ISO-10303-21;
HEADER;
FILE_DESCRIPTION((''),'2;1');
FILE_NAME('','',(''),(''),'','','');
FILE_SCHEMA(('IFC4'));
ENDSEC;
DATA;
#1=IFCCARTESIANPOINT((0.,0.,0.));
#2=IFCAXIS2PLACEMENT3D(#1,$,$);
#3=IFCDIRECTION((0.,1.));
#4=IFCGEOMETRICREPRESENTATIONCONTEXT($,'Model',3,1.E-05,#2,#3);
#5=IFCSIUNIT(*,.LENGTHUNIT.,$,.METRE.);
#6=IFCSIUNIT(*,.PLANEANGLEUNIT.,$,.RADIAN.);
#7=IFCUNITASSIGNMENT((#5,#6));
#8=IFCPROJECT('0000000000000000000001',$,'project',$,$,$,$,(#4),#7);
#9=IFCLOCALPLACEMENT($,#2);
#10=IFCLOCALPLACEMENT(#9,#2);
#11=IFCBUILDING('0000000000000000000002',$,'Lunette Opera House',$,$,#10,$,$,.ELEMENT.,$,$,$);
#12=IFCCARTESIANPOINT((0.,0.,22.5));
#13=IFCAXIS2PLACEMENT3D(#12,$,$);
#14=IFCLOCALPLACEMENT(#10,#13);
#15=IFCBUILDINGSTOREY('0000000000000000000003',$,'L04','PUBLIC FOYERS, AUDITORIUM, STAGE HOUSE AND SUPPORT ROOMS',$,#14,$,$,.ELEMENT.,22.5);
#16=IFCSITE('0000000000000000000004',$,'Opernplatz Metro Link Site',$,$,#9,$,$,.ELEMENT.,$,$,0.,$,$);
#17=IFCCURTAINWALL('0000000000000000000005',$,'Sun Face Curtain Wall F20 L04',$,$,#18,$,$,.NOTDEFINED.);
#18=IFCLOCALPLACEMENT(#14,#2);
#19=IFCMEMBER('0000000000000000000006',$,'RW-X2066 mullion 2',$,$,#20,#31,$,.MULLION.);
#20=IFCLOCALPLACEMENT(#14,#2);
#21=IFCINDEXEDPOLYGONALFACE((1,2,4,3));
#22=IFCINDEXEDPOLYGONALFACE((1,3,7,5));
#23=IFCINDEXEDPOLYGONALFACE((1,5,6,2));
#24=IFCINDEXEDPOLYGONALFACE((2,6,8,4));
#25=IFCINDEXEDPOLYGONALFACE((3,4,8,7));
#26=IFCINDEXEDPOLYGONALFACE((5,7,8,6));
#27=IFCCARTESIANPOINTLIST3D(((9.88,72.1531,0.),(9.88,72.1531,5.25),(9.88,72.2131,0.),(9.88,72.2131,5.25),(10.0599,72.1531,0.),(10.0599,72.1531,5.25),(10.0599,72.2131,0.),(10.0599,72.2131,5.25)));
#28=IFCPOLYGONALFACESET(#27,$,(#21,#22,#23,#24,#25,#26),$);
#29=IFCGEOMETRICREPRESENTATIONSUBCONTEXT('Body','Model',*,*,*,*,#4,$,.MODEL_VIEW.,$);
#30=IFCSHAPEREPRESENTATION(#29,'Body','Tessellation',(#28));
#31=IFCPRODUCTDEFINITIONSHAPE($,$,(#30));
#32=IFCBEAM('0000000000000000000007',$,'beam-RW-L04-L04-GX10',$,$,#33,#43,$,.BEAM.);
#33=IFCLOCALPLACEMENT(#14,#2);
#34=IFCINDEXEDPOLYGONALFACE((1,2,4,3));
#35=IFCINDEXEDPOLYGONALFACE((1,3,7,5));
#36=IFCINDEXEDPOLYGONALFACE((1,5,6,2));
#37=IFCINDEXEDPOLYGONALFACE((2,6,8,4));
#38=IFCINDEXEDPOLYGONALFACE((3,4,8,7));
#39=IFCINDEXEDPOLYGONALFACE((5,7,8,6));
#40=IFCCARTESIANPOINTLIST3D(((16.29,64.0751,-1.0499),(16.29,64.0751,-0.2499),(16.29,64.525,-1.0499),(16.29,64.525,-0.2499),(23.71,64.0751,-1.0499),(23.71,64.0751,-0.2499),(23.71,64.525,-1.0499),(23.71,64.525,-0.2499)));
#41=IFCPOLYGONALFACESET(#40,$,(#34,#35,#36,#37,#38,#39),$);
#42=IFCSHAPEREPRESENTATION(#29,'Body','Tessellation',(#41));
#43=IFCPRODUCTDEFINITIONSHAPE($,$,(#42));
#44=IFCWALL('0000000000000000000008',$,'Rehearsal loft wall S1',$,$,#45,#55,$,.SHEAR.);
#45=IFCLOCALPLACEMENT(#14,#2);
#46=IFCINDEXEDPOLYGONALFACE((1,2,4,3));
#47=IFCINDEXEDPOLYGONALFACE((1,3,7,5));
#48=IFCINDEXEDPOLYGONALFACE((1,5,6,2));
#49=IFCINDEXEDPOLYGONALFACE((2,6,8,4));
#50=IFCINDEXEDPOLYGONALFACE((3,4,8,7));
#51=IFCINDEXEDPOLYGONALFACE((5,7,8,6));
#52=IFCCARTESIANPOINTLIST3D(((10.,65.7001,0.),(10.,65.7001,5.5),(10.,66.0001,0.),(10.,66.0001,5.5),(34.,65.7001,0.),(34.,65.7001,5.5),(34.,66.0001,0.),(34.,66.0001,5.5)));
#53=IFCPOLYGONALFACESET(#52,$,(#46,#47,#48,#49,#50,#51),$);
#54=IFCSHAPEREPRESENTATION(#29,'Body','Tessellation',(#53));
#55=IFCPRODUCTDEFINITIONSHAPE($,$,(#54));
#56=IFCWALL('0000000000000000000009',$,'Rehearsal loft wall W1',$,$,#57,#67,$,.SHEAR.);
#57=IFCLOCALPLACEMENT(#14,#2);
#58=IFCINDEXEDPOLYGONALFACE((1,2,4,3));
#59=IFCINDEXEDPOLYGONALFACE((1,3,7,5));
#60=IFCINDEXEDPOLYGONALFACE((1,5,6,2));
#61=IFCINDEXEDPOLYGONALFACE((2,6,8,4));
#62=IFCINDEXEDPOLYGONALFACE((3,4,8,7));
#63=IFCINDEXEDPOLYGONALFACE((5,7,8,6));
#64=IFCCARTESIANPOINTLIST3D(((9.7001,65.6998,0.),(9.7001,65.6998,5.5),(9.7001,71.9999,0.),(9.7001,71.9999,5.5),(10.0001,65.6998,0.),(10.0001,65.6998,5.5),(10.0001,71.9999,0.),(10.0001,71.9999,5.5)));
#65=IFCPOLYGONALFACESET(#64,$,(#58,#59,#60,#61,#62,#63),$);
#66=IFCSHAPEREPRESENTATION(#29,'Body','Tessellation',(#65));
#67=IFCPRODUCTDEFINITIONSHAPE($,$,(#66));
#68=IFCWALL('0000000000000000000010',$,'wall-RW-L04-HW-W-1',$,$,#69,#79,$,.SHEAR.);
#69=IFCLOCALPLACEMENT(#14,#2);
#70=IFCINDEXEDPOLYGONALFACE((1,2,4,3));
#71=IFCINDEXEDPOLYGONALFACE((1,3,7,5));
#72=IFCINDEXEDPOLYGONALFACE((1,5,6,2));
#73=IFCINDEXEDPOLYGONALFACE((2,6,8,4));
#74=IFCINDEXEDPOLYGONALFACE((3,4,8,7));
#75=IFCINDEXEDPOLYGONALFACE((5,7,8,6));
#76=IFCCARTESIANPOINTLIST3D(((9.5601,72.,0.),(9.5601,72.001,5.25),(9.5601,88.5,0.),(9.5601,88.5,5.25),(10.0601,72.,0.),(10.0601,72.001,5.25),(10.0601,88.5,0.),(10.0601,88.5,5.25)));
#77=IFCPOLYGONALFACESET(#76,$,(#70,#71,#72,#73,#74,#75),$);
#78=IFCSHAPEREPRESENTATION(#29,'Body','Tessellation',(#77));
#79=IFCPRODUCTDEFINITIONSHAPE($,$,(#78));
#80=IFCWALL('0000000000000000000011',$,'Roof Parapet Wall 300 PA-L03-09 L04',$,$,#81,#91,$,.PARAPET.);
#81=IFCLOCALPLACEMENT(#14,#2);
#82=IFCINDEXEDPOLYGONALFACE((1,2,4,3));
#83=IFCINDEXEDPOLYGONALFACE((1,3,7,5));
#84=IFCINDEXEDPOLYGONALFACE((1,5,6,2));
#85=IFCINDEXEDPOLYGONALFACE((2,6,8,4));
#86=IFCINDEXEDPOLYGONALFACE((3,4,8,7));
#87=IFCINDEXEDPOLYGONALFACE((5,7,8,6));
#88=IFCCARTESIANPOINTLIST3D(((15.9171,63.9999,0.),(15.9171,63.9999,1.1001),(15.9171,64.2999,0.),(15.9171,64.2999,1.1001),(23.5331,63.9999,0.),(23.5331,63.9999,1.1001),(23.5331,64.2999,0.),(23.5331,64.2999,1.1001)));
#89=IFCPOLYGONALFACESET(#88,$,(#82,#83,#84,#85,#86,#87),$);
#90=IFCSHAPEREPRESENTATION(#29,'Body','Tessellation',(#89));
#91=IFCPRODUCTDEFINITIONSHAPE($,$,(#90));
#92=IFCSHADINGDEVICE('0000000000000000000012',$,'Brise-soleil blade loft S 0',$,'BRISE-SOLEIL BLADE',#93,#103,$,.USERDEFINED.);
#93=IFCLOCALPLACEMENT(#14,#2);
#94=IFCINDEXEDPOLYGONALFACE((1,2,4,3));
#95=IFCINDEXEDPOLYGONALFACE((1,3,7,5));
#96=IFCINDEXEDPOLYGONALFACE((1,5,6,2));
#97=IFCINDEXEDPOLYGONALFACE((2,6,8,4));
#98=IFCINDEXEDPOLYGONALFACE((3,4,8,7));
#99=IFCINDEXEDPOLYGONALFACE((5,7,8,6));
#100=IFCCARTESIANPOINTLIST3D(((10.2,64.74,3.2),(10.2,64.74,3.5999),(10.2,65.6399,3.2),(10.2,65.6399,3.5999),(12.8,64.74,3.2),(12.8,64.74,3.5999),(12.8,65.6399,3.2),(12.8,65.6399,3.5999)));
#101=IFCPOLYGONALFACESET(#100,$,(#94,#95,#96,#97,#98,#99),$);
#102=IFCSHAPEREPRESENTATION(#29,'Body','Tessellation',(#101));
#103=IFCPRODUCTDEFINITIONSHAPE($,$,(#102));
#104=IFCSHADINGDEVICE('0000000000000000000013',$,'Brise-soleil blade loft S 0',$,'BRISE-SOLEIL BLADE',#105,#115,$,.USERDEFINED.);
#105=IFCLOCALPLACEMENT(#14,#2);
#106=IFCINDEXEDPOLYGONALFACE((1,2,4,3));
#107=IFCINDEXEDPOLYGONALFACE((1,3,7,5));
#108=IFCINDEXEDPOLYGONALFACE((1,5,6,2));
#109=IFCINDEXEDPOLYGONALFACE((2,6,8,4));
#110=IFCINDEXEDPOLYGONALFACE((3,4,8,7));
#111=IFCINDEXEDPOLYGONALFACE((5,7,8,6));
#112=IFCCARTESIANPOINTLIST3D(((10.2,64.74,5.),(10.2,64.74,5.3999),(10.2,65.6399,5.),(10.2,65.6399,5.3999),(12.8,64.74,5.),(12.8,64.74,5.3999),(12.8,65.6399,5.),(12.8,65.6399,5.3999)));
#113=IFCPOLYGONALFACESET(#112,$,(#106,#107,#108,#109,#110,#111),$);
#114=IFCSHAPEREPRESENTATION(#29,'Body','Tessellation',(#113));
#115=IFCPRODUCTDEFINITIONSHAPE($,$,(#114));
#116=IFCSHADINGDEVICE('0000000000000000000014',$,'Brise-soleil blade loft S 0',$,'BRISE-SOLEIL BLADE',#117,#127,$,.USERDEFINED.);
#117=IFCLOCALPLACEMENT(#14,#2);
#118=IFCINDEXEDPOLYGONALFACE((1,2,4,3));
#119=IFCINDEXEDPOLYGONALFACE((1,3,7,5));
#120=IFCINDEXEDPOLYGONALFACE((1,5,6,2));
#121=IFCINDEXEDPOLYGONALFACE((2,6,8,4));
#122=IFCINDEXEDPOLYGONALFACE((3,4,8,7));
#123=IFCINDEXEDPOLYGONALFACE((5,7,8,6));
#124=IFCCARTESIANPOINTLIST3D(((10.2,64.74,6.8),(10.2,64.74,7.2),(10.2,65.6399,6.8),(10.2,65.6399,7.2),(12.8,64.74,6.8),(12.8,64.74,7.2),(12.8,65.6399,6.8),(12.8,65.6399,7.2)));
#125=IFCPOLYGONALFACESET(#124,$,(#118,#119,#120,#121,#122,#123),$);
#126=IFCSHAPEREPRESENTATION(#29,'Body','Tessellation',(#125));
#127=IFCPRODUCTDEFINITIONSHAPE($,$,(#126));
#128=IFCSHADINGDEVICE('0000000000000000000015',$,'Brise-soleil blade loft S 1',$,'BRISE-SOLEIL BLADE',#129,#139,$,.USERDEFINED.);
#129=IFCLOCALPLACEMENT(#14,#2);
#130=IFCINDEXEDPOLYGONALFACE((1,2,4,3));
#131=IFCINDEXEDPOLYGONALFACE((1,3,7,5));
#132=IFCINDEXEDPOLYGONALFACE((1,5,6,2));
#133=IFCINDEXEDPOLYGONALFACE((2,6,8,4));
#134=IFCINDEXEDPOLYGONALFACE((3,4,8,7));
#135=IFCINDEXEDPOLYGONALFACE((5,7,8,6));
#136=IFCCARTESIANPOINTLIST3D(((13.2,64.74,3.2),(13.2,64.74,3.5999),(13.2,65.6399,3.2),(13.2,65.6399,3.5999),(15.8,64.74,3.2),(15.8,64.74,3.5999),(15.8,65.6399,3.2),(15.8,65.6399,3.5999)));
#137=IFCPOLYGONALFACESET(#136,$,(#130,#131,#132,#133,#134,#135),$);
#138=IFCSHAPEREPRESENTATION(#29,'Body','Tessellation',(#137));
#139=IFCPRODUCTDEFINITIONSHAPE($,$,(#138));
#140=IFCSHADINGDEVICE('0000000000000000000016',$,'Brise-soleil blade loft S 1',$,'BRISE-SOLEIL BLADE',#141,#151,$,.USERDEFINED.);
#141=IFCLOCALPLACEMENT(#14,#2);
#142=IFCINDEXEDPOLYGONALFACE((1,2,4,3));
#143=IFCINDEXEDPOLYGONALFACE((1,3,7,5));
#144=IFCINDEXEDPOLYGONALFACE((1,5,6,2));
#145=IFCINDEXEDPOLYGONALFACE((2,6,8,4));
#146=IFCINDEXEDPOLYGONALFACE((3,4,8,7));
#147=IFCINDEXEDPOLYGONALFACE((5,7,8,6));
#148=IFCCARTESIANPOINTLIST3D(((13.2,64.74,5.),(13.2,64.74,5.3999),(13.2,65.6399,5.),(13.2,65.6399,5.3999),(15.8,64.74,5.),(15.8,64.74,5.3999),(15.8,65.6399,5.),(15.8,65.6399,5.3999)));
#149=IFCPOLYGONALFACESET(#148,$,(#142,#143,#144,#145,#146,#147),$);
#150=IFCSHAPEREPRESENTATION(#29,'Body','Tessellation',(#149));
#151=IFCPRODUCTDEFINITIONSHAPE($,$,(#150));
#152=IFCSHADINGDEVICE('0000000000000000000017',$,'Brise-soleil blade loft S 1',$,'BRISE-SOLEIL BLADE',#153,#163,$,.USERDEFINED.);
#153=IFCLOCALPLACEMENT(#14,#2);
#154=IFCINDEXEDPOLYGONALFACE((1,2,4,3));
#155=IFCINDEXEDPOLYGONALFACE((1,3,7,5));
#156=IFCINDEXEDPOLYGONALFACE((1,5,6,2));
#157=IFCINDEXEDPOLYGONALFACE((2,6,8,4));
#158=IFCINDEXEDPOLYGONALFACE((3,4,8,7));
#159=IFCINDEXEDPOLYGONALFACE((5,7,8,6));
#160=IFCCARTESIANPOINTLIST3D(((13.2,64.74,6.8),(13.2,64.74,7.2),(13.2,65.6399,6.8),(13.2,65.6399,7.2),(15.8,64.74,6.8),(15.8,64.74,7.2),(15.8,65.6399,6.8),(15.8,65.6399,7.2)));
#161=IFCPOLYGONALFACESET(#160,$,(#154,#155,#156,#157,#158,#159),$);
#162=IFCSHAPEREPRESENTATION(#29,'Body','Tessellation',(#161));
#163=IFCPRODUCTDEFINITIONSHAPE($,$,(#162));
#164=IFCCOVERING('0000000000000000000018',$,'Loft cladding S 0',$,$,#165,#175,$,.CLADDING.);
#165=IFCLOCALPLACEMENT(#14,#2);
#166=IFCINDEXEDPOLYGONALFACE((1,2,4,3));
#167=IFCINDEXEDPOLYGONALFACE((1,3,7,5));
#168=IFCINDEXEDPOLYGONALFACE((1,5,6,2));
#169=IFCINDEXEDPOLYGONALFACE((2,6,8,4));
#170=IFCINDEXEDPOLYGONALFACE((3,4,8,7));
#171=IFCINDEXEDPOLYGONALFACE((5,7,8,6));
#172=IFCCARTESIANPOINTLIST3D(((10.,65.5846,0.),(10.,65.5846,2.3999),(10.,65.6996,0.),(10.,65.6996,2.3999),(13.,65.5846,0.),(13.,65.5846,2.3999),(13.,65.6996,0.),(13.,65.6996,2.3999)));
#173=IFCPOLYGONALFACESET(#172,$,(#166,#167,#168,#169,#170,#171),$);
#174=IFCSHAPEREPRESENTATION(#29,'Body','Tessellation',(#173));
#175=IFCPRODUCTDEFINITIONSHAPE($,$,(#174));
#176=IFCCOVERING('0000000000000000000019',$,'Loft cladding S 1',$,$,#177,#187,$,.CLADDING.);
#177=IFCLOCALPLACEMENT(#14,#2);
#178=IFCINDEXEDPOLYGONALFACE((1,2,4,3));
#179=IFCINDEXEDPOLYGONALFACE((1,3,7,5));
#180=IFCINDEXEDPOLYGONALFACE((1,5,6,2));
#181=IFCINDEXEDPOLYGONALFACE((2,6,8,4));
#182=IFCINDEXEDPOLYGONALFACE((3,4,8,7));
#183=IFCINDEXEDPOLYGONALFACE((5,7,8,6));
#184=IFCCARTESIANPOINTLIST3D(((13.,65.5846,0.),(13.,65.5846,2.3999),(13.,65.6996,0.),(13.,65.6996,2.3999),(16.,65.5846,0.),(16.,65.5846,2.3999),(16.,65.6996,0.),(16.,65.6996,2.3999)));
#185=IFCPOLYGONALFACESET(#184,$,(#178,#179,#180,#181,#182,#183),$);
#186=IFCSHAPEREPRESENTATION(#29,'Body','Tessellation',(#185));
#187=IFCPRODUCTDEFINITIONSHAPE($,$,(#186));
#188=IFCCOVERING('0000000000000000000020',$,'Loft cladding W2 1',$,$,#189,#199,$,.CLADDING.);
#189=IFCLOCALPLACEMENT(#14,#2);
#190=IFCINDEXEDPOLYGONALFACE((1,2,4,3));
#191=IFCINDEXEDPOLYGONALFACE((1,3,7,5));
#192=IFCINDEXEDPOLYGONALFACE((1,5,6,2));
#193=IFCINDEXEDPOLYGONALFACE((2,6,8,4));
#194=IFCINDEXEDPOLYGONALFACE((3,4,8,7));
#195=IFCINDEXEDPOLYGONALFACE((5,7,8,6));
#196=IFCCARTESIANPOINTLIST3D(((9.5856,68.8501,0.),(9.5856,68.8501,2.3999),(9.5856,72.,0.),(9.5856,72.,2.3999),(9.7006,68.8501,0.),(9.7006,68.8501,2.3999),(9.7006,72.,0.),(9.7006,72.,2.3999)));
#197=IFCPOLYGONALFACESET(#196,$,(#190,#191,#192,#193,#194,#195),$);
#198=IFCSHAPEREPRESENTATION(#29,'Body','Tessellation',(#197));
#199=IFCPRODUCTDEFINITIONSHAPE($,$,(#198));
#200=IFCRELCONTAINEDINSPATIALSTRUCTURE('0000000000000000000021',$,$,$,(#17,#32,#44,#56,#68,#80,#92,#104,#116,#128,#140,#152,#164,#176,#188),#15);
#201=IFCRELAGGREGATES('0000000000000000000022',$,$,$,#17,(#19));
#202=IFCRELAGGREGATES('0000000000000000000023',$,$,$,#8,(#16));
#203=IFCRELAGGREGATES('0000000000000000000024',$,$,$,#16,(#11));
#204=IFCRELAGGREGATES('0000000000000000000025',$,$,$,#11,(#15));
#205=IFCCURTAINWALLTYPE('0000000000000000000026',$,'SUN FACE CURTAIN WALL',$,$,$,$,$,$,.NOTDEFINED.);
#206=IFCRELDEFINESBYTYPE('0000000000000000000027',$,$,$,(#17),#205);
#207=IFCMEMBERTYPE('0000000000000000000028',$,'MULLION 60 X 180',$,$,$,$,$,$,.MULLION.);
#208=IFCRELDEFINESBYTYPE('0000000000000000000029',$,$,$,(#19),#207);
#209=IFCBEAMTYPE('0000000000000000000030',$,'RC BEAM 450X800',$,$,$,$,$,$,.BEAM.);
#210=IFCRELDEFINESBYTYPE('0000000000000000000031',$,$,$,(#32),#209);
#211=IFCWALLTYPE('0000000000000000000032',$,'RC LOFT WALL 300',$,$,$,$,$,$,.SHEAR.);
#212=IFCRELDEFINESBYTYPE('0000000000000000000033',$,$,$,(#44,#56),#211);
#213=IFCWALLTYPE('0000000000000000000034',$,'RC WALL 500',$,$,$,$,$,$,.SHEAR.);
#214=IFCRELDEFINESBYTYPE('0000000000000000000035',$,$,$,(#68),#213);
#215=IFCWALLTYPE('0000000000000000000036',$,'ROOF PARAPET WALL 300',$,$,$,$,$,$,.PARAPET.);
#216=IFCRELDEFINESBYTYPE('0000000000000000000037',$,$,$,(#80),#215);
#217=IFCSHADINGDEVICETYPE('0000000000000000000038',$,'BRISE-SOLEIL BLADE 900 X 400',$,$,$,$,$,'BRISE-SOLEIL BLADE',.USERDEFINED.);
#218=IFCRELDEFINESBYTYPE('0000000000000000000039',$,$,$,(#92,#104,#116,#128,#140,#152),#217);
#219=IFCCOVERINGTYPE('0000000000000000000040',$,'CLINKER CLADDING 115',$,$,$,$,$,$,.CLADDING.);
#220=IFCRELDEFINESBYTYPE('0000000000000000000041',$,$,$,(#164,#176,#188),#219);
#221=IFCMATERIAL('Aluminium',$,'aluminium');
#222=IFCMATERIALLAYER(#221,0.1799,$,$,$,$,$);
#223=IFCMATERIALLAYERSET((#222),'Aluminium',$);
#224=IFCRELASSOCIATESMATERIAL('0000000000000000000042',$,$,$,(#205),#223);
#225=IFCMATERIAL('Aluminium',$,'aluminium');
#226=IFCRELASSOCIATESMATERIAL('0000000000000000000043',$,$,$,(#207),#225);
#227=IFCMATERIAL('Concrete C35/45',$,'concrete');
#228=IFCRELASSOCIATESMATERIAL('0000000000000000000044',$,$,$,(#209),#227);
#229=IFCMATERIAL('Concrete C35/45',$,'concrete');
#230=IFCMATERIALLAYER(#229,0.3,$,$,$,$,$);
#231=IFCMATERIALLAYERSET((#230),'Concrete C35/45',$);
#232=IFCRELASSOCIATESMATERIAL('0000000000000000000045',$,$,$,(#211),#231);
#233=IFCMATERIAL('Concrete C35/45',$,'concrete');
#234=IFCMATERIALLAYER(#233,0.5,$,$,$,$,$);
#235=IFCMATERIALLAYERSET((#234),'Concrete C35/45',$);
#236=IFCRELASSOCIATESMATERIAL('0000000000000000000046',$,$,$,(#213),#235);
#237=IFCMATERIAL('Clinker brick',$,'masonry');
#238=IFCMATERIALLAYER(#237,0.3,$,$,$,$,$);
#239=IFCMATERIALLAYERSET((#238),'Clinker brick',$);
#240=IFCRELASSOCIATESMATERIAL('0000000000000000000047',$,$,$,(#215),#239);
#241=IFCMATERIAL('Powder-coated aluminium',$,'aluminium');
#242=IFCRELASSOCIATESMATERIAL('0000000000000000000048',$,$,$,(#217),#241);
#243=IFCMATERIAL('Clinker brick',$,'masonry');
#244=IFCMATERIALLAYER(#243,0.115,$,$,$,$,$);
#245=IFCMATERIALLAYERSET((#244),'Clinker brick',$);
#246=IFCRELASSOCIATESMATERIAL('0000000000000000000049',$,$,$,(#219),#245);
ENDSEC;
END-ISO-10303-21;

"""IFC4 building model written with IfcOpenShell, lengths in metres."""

from ifc_helpers import new_model, si_unit, direction, frame, frame_2d, origin, origin_2d, place, context, subcontext, project, spatial, polyline, rectangle, outline, extrude, material, layer, layer_set, material_profile, profile_set, type_object, element, aggregate, save


model = new_model("IFC4")

# Units and contexts
model_context = context("Model", 3, precision=1e-05, world=origin(), true_north=direction((0.0, 1.0)))
body_context = subcontext(model_context, "Body", "Model", "MODEL_VIEW")
ifc_project = project(units=[si_unit("LENGTHUNIT", "METRE"), si_unit("PLANEANGLEUNIT", "RADIAN")], contexts=[model_context])

# Site, building, storey
site_placement = place(None, origin())
site = spatial("IfcSite", under=ifc_project, at=site_placement, Name="Opernplatz Metro Link Site", CompositionType="ELEMENT", RefElevation=0.0)
building_placement = place(site_placement, origin())
building = spatial("IfcBuilding", under=site, at=building_placement, Name="Lunette Opera House", CompositionType="ELEMENT")
storey_placement = place(building_placement, frame((0.0, 0.0, 22.5)))
storey = spatial("IfcBuildingStorey", under=building, at=storey_placement, Name="L04", Description="PUBLIC FOYERS, AUDITORIUM, STAGE HOUSE AND SUPPORT ROOMS", CompositionType="ELEMENT", Elevation=22.5)

# Curtain wall, member
ifc_material_1 = material(Name="Aluminium", Category="aluminium")
ifc_layer_1 = layer(ifc_material_1, 0.1799)
ifc_layer_set_1 = layer_set([ifc_layer_1], Name="Aluminium")
curtain_wall_type = type_object("IfcCurtainWallType", Name="SUN FACE CURTAIN WALL", PredefinedType="NOTDEFINED", material=ifc_layer_set_1)
curtain_wall_placement = place(storey_placement, origin())
curtain_wall = element("IfcCurtainWall", 1, at=curtain_wall_placement, inside=storey, type_object=curtain_wall_type, Name="Sun Face Curtain Wall F20 L04", PredefinedType="NOTDEFINED")
ifc_material_2 = material(Name="Aluminium", Category="aluminium")
ifc_material_profile_1 = material_profile(ifc_material_2, rectangle(XDim=0.0601, YDim=0.1799, at=origin_2d()), Name="MULLION 60 X 180")
ifc_profile_set_1 = profile_set([ifc_material_profile_1], Name="Aluminium")
member_type = type_object("IfcMemberType", Name="MULLION 60 X 180", PredefinedType="MULLION", material=ifc_profile_set_1)
member_placement = place(storey_placement, frame((9.97, 72.1831, 0.0), z_axis=(0.0, 0.0, 1.0), x_axis=(0.0, 1.0, 0.0)))
member = element("IfcMember", 2, at=member_placement, type_object=member_type, Name="RW-X2066 mullion 2", PredefinedType="MULLION", context=body_context, shape_type="SweptSolid", body=[
    extrude(rectangle(XDim=0.0601, YDim=0.1799, at=origin_2d()), origin(), (0.0, 0.0, 1.0), 5.25),
])
aggregate(curtain_wall, [member])

# Beam
ifc_material_3 = material(Name="Concrete C35/45", Category="concrete")
ifc_material_profile_2 = material_profile(ifc_material_3, rectangle(XDim=0.45, YDim=0.8, at=origin_2d()), Name="RC BEAM 450X800")
ifc_profile_set_2 = profile_set([ifc_material_profile_2], Name="Concrete C35/45")
beam_type = type_object("IfcBeamType", Name="RC BEAM 450X800", PredefinedType="BEAM", material=ifc_profile_set_2)
beam_placement = place(storey_placement, frame((16.29, 64.3, -0.6499), z_axis=(1.0, 0.0, 0.0), x_axis=(0.0, 1.0, 0.0)))
element("IfcBeam", 3, at=beam_placement, inside=storey, type_object=beam_type, Name="beam-RW-L04-L04-GX10", PredefinedType="BEAM", context=body_context, shape_type="SweptSolid", body=[
    extrude(rectangle(XDim=0.45, YDim=0.8, at=origin_2d()), origin(), (0.0, 0.0, 1.0), 7.4199),
])

# Walls
ifc_material_4 = material(Name="Concrete C35/45", Category="concrete")
ifc_layer_2 = layer(ifc_material_4, 0.3)
ifc_layer_set_2 = layer_set([ifc_layer_2], Name="Concrete C35/45")
wall_type_1 = type_object("IfcWallType", Name="RC LOFT WALL 300", PredefinedType="SHEAR", material=ifc_layer_set_2)
wall_1_placement = place(storey_placement, frame((10.0, 65.8501, 0.0), z_axis=(0.0, 0.0, 1.0), x_axis=(1.0, 0.0, 0.0)))
element("IfcWall", 4, at=wall_1_placement, inside=storey, type_object=wall_type_1, Name="Rehearsal loft wall S1", PredefinedType="SHEAR", context=body_context, shape_type="SweptSolid", body=[
    extrude(rectangle(XDim=24.0, YDim=0.3, at=frame_2d((12.0, 0.0))), origin(), (0.0, 0.0, 1.0), 5.5),
])
wall_2_placement = place(storey_placement, frame((9.8501, 65.7, 0.0), z_axis=(0.0, 0.0, 1.0), x_axis=(0.0, 1.0, 0.0)))
element("IfcWall", 5, at=wall_2_placement, inside=storey, type_object=wall_type_1, Name="Rehearsal loft wall W1", PredefinedType="SHEAR", context=body_context, shape_type="SweptSolid", body=[
    extrude(rectangle(XDim=6.3, YDim=0.3, at=frame_2d((3.1499, 0.0))), origin(), (0.0, 0.0, 1.0), 5.5),
])
ifc_material_5 = material(Name="Concrete C35/45", Category="concrete")
ifc_layer_3 = layer(ifc_material_5, 0.5)
ifc_layer_set_3 = layer_set([ifc_layer_3], Name="Concrete C35/45")
wall_type_2 = type_object("IfcWallType", Name="RC WALL 500", PredefinedType="SHEAR", material=ifc_layer_set_3)
wall_3_placement = place(storey_placement, frame((9.8101, 72.0, 0.0), z_axis=(0.0, 0.0, 1.0), x_axis=(0.0, 1.0, 0.0)))
element("IfcWall", 6, at=wall_3_placement, inside=storey, type_object=wall_type_2, Name="wall-RW-L04-HW-W-1", PredefinedType="SHEAR", context=body_context, shape_type="SweptSolid", body=[
    extrude(outline(polyline([(0.0, 0.0), (16.5, 0.0), (16.5, 5.25), (0.001, 5.25), (0.0, 0.0), (0.0, 0.0)])), frame((0.0, 0.25, 0.0), z_axis=(0.0, -1.0, 0.0), x_axis=(1.0, 0.0, 0.0)), (0.0, 0.0, 1.0), 0.5),
])
ifc_material_6 = material(Name="Clinker brick", Category="masonry")
ifc_layer_4 = layer(ifc_material_6, 0.3)
ifc_layer_set_4 = layer_set([ifc_layer_4], Name="Clinker brick")
wall_type_3 = type_object("IfcWallType", Name="ROOF PARAPET WALL 300", PredefinedType="PARAPET", material=ifc_layer_set_4)
wall_4_placement = place(storey_placement, frame((15.917, 64.1499, 0.0), z_axis=(0.0, 0.0, 1.0), x_axis=(1.0, 0.0, 0.0)))
element("IfcWall", 7, at=wall_4_placement, inside=storey, type_object=wall_type_3, Name="Roof Parapet Wall 300 PA-L03-09 L04", PredefinedType="PARAPET", context=body_context, shape_type="SweptSolid", body=[
    extrude(rectangle(XDim=7.616, YDim=0.3, at=frame_2d((3.8081, 0.0))), origin(), (0.0, 0.0, 1.0), 1.1001),
])

# Shading devices
ifc_material_7 = material(Name="Powder-coated aluminium", Category="aluminium")
shading_device_type = type_object("IfcShadingDeviceType", Name="BRISE-SOLEIL BLADE 900 X 400", ElementType="BRISE-SOLEIL BLADE", PredefinedType="USERDEFINED", material=ifc_material_7)
for number, where, z_axis, x_axis, name in (
    (8, (11.5, 65.1899, 3.2), (0.0, 0.0, 1.0), (0.0, -1.0, 0.0), "Brise-soleil blade loft S 0"),
    (9, (11.5, 65.1899, 5.0), (0.0, 0.0, 1.0), (0.0, -1.0, 0.0), "Brise-soleil blade loft S 0"),
    (10, (11.5, 65.1899, 6.8), (0.0, 0.0, 1.0), (0.0, -1.0, 0.0), "Brise-soleil blade loft S 0"),
    (11, (14.5, 65.1899, 3.2), (0.0, 0.0, 1.0), (0.0, -1.0, 0.0), "Brise-soleil blade loft S 1"),
    (12, (14.5, 65.1899, 5.0), (0.0, 0.0, 1.0), (0.0, -1.0, 0.0), "Brise-soleil blade loft S 1"),
    (13, (14.5, 65.1899, 6.8), (0.0, 0.0, 1.0), (0.0, -1.0, 0.0), "Brise-soleil blade loft S 1"),
):
    element("IfcShadingDevice", number, at=place(storey_placement, frame(where, z_axis=z_axis, x_axis=x_axis)), inside=storey, type_object=shading_device_type, Name=name, ObjectType="BRISE-SOLEIL BLADE", PredefinedType="USERDEFINED", context=body_context, shape_type="SweptSolid", body=[
        extrude(rectangle(XDim=0.8999, YDim=2.6001, at=origin_2d()), origin(), (0.0, 0.0, 1.0), 0.3999),
    ])

# Coverings
ifc_material_8 = material(Name="Clinker brick", Category="masonry")
ifc_layer_5 = layer(ifc_material_8, 0.115)
ifc_layer_set_5 = layer_set([ifc_layer_5], Name="Clinker brick")
covering_type_1 = type_object("IfcCoveringType", Name="CLINKER CLADDING 115", PredefinedType="CLADDING", material=ifc_layer_set_5)
for number, where, z_axis, x_axis, name in (
    (14, (11.5, 65.6421, 0.0), (0.0, 0.0, 1.0), (1.0, 0.0, 0.0), "Loft cladding S 0"),
    (15, (14.5, 65.6421, 0.0), (0.0, 0.0, 1.0), (1.0, 0.0, 0.0), "Loft cladding S 1"),
):
    element("IfcCovering", number, at=place(storey_placement, frame(where, z_axis=z_axis, x_axis=x_axis)), inside=storey, type_object=covering_type_1, Name=name, PredefinedType="CLADDING", context=body_context, shape_type="SweptSolid", body=[
        extrude(rectangle(XDim=3.0, YDim=0.115, at=origin_2d()), origin(), (0.0, 0.0, 1.0), 2.3999),
    ])
covering_1_placement = place(storey_placement, frame((9.6431, 70.425, 0.0), z_axis=(0.0, 0.0, 1.0), x_axis=(0.0, 1.0, 0.0)))
element("IfcCovering", 16, at=covering_1_placement, inside=storey, type_object=covering_type_1, Name="Loft cladding W2 1", PredefinedType="CLADDING", context=body_context, shape_type="SweptSolid", body=[
    extrude(rectangle(XDim=3.1499, YDim=0.115, at=origin_2d()), origin(), (0.0, 0.0, 1.0), 2.3999),
])

save(model, "model.ifc")
